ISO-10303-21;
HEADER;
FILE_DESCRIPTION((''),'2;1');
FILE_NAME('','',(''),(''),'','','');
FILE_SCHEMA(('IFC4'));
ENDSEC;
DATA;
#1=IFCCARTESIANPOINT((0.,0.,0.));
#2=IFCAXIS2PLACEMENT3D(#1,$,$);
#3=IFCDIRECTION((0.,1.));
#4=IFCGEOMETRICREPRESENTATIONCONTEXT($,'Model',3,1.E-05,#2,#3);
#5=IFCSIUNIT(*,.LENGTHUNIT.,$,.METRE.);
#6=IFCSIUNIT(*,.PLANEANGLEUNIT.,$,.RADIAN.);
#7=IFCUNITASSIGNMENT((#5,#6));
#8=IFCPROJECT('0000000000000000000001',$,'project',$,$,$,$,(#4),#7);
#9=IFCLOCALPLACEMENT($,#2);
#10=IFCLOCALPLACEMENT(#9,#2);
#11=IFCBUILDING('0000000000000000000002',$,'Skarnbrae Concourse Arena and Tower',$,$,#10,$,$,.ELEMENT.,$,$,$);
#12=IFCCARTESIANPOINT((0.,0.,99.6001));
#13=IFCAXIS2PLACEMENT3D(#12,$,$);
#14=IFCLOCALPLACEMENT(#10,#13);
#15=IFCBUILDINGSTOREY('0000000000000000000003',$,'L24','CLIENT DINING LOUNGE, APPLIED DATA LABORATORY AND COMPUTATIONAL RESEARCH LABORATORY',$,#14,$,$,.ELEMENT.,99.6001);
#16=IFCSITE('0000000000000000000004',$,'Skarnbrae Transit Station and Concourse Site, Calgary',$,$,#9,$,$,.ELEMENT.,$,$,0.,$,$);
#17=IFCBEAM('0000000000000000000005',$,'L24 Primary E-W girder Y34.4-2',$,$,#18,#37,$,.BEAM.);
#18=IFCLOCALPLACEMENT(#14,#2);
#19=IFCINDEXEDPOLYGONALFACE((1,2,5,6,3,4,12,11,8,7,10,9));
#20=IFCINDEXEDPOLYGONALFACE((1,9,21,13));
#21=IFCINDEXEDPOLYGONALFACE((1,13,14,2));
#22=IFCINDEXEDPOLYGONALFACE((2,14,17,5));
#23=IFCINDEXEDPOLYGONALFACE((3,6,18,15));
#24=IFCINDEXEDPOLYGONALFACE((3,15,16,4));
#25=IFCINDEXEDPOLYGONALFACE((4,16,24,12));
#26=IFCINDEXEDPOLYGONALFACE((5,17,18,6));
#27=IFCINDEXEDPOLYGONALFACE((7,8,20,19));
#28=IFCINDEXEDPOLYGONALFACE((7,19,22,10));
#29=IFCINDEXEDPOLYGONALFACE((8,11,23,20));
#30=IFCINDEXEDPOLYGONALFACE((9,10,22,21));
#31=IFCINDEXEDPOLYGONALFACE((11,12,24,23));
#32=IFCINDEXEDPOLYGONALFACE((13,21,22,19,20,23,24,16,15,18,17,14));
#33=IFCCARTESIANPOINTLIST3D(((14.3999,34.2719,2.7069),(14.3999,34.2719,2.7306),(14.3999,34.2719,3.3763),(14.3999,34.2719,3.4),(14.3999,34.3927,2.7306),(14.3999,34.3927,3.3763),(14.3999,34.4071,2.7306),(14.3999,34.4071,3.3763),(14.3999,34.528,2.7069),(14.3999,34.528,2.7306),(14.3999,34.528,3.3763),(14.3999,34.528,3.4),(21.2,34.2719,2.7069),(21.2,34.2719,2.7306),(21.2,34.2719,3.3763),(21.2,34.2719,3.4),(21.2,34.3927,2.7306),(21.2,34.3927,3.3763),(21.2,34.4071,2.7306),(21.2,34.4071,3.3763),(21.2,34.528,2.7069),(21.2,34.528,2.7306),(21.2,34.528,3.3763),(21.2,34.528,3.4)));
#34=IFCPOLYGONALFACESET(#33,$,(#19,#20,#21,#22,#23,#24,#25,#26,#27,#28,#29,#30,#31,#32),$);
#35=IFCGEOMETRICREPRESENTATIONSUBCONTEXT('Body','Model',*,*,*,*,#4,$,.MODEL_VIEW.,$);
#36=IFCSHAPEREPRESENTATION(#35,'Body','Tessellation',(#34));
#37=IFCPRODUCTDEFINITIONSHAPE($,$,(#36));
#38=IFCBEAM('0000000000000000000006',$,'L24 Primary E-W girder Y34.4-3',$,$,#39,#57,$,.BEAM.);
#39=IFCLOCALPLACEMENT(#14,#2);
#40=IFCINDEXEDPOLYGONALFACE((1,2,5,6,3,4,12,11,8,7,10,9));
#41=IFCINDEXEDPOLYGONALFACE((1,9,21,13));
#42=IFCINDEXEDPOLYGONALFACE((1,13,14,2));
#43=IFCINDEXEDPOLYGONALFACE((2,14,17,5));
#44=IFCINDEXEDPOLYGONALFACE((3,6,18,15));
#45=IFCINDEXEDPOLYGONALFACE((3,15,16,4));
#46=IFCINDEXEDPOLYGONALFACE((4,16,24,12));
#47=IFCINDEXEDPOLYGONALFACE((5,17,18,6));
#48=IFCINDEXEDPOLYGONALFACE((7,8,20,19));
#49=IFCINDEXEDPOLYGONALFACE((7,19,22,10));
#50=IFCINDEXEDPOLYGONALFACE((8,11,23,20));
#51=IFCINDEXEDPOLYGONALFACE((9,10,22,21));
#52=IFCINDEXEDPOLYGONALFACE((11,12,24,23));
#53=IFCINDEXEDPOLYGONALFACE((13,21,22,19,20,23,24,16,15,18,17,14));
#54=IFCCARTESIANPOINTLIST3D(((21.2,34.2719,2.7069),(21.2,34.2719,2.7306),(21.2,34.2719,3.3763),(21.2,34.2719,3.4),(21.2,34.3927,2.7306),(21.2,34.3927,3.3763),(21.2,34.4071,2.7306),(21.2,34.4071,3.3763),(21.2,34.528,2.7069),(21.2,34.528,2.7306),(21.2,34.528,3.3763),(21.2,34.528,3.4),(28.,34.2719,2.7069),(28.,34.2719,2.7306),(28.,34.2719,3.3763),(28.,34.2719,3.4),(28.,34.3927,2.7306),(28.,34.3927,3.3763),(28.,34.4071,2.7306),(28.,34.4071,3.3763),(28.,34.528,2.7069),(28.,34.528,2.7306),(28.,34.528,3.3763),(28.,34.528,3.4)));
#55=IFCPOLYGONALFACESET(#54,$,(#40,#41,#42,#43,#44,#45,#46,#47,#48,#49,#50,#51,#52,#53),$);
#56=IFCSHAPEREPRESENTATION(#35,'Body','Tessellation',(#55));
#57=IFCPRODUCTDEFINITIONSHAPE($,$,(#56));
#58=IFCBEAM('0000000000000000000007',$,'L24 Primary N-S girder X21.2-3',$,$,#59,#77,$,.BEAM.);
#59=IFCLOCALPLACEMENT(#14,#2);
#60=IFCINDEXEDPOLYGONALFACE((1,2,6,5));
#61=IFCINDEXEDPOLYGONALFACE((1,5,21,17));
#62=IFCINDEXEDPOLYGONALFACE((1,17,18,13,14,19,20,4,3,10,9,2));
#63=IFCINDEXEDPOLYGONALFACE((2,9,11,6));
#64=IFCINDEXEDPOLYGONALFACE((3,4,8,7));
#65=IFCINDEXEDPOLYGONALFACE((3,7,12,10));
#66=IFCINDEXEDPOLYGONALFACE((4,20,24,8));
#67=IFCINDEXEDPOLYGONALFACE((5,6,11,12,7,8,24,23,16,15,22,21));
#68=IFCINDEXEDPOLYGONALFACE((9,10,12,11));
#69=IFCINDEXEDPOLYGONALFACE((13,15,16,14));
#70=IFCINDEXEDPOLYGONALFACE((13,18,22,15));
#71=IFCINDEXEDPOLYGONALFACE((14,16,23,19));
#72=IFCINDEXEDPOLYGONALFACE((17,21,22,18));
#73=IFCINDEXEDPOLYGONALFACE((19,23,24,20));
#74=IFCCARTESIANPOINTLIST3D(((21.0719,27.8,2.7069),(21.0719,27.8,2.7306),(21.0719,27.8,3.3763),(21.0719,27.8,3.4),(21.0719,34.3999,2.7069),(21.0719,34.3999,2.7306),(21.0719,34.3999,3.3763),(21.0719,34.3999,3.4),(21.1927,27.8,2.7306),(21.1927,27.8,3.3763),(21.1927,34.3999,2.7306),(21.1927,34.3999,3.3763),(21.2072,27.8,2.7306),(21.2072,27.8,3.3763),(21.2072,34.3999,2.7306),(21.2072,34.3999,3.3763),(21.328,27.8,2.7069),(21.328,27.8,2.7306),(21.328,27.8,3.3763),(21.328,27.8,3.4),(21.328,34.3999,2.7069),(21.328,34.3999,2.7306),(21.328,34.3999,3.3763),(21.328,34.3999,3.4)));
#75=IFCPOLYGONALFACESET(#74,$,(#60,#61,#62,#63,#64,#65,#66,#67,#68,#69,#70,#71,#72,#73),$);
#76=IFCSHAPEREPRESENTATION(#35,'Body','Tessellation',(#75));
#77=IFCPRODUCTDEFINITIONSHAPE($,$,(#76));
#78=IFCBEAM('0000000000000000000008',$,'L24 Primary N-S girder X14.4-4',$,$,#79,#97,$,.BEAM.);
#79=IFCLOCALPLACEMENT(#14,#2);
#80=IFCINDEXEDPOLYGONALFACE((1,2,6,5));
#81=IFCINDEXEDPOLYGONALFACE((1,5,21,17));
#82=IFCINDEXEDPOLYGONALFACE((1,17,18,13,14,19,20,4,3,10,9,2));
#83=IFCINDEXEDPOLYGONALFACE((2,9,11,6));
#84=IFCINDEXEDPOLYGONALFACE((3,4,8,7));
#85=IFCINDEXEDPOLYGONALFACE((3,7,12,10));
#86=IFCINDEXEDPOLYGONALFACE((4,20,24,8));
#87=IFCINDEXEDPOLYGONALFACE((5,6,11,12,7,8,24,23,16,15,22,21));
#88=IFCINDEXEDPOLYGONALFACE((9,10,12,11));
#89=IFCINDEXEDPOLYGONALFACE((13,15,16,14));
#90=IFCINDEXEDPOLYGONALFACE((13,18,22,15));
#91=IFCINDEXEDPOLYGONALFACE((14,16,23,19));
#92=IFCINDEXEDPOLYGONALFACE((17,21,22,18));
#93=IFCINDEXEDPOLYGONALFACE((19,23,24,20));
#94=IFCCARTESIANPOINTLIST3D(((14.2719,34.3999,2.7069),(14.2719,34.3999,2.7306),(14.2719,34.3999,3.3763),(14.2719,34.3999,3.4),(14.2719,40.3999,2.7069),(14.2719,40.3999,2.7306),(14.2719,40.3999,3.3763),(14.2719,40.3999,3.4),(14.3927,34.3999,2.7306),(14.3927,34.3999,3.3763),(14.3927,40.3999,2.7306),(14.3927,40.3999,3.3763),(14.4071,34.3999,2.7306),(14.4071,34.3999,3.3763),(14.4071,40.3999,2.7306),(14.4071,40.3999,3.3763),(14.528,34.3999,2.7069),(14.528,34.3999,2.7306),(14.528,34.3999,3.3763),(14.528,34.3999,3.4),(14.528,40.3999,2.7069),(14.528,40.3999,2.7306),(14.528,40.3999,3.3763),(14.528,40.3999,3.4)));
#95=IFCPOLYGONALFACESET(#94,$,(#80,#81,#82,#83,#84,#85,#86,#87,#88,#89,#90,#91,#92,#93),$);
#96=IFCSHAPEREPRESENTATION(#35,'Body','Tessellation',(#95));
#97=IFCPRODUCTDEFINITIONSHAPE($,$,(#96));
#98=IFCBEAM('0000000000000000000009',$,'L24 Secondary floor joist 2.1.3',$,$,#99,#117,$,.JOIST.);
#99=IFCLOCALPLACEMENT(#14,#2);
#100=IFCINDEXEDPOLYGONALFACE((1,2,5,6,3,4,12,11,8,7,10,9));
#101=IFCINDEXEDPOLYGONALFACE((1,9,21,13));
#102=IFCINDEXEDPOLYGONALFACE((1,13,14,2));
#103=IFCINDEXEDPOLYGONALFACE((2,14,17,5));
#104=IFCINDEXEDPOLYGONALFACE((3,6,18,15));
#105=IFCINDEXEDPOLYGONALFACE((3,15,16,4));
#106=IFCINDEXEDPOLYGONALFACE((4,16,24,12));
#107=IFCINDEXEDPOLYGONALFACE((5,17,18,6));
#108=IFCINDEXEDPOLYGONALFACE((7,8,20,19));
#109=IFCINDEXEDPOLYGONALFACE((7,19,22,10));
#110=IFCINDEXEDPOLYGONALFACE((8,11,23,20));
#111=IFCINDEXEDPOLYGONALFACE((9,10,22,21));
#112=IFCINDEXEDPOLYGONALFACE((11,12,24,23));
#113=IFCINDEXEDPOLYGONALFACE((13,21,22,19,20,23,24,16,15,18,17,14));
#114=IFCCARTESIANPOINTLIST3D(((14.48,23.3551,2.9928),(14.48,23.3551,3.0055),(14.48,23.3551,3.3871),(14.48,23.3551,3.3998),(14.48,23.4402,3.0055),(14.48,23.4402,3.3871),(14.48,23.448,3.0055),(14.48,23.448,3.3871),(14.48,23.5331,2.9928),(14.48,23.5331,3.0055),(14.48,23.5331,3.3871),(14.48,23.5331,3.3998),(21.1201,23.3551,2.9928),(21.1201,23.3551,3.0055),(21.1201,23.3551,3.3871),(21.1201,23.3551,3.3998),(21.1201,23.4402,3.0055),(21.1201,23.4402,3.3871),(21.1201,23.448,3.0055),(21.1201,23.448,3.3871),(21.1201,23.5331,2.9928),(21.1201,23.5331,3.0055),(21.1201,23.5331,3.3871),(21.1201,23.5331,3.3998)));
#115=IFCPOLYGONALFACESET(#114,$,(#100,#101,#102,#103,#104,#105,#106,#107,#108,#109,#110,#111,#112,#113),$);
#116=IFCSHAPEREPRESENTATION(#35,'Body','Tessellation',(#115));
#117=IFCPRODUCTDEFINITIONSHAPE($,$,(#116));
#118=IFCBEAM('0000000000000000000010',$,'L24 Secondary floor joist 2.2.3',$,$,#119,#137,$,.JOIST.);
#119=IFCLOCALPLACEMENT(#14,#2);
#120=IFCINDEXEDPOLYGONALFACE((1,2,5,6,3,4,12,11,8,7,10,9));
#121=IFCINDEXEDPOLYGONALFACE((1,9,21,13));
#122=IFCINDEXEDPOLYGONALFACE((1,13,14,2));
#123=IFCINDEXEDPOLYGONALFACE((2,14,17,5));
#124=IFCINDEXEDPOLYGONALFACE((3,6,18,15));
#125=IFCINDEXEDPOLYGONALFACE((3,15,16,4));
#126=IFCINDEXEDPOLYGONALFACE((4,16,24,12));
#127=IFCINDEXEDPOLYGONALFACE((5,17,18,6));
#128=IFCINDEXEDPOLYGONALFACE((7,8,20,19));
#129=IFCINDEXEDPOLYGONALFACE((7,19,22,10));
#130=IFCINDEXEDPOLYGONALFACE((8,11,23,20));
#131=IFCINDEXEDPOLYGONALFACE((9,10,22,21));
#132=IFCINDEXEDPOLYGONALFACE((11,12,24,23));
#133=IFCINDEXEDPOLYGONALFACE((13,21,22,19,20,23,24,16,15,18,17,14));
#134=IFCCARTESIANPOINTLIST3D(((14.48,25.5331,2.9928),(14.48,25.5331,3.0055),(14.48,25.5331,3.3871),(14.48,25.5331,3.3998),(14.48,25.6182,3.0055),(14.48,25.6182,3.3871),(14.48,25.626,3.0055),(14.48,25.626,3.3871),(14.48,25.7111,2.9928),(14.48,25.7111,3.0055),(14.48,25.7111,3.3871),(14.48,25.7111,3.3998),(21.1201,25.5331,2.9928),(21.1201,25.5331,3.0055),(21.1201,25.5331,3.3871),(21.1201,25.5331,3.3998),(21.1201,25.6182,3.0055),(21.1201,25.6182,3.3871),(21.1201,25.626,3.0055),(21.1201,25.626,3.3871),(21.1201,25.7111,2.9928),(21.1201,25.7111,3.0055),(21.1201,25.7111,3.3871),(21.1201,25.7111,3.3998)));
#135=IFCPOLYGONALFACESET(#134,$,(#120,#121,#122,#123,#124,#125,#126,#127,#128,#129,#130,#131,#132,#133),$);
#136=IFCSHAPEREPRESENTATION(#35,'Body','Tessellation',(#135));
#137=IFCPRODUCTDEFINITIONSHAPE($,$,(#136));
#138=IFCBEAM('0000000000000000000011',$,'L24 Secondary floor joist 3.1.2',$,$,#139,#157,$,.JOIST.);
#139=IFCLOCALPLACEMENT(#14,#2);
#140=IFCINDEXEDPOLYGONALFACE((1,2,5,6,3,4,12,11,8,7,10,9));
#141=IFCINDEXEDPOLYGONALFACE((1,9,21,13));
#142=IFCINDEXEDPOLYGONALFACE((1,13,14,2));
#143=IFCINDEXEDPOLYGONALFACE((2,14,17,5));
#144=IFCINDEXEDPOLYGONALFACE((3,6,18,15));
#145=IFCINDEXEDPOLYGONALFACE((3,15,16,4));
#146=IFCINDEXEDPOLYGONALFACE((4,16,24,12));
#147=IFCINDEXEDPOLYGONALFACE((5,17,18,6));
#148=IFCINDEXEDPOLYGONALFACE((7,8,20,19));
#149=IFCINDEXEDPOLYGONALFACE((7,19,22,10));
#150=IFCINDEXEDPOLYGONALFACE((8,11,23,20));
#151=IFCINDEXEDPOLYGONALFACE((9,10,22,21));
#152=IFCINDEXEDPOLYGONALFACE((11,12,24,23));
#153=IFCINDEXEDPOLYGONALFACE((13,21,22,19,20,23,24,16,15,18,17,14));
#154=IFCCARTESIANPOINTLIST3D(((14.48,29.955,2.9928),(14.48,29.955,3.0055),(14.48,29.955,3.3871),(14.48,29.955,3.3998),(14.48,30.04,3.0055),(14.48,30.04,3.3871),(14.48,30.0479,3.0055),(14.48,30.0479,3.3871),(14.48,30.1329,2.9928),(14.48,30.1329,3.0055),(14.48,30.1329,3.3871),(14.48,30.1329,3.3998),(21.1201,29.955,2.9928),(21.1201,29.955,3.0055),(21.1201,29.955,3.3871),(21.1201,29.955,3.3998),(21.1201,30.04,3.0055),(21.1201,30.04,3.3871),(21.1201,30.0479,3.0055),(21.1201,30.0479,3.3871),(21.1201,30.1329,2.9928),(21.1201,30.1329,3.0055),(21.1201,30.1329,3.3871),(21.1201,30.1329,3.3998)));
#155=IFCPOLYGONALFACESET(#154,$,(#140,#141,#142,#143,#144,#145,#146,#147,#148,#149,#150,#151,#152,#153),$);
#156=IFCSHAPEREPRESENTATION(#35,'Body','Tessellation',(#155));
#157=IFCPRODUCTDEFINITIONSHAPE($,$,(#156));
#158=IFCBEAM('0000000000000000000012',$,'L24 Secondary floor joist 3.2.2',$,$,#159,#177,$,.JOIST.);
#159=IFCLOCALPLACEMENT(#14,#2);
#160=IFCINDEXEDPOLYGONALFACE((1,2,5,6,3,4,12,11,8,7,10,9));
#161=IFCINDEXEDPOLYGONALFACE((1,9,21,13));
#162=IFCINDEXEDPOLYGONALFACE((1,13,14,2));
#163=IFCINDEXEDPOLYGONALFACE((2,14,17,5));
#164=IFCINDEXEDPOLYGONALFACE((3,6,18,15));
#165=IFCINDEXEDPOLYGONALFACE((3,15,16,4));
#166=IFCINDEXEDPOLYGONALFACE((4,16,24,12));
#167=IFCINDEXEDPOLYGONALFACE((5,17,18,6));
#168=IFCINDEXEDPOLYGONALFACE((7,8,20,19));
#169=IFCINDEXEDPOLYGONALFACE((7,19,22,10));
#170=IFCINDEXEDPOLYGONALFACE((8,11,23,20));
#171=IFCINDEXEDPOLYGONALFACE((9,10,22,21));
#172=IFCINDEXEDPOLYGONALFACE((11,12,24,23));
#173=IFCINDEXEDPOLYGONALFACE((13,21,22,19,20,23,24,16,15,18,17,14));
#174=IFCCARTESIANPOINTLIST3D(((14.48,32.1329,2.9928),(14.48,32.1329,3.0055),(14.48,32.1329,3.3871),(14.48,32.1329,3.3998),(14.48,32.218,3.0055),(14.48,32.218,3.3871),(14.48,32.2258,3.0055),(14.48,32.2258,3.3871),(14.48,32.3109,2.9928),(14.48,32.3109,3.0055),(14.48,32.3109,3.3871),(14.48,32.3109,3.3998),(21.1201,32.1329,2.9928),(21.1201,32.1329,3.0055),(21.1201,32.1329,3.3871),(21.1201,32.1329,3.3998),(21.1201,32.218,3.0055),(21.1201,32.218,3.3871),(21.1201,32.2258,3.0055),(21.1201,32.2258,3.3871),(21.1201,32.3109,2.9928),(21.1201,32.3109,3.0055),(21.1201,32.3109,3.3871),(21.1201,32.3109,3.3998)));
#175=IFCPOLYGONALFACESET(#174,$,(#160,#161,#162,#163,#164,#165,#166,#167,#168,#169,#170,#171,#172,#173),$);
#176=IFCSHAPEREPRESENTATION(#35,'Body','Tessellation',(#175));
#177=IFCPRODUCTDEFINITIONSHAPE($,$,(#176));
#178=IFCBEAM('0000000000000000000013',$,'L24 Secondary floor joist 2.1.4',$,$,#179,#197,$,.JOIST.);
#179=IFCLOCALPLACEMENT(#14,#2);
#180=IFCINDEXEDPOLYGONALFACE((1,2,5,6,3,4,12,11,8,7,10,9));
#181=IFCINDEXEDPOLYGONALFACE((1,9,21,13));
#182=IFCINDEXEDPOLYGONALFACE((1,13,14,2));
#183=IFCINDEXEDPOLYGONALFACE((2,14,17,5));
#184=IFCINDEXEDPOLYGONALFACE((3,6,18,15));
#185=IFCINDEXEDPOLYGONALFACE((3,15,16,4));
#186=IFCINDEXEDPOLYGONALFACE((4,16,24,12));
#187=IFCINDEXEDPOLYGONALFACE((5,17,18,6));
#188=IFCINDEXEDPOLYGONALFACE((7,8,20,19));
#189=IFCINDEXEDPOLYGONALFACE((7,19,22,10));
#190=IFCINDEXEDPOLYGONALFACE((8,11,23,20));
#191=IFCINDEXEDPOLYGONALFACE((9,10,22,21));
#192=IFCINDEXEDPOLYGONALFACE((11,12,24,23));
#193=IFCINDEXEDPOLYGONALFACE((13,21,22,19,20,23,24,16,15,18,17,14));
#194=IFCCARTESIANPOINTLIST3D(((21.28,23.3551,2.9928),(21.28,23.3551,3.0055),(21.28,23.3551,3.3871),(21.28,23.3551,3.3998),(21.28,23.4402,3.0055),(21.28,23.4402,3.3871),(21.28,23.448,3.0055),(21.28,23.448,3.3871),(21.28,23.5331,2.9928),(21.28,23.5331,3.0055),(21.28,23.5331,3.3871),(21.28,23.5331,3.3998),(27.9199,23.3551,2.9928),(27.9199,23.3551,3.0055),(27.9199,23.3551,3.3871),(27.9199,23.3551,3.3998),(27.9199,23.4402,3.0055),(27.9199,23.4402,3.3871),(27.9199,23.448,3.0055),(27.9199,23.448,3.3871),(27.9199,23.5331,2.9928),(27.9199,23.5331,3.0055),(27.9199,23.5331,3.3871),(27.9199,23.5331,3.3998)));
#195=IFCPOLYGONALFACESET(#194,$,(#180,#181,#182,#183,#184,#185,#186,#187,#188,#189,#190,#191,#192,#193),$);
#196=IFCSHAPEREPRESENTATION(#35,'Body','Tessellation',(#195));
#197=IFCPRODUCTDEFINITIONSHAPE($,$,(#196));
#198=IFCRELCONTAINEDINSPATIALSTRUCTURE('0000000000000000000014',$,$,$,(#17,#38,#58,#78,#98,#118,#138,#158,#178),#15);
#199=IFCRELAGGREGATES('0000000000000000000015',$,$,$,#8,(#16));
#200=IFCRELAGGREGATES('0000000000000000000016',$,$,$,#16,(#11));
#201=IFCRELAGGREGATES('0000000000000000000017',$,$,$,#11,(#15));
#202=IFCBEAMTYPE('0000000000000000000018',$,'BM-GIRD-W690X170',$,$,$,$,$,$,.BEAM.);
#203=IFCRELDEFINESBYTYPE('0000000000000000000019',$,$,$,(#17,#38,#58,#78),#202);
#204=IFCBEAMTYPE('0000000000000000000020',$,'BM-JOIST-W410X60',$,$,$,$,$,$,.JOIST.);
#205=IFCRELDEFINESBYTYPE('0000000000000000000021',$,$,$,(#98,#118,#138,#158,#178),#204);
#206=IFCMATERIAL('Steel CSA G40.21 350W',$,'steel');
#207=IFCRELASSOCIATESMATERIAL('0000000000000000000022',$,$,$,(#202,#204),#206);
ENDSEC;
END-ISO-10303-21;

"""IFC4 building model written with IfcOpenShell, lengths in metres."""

from ifc_helpers import new_model, si_unit, direction, frame, origin, origin_2d, place, context, subcontext, project, spatial, i_section, extrude, source, transform, mapped, material, material_profile, profile_set, type_object, element, save


model = new_model("IFC4")

# Units and contexts
model_context = context("Model", 3, precision=1e-05, world=origin(), true_north=direction((0.0, 1.0)))
body_context = subcontext(model_context, "Body", "Model", "MODEL_VIEW")
ifc_project = project(units=[si_unit("LENGTHUNIT", "METRE"), si_unit("PLANEANGLEUNIT", "RADIAN")], contexts=[model_context])

# Site, building, storey
site_placement = place(None, origin())
site = spatial("IfcSite", under=ifc_project, at=site_placement, Name="Skarnbrae Transit Station and Concourse Site, Calgary", CompositionType="ELEMENT", RefElevation=0.0)
building_placement = place(site_placement, origin())
building = spatial("IfcBuilding", under=site, at=building_placement, Name="Skarnbrae Concourse Arena and Tower", CompositionType="ELEMENT")
storey_placement = place(building_placement, frame((0.0, 0.0, 99.6001)))
storey = spatial("IfcBuildingStorey", under=building, at=storey_placement, Name="L24", Description="CLIENT DINING LOUNGE, APPLIED DATA LABORATORY AND COMPUTATIONAL RESEARCH LABORATORY", CompositionType="ELEMENT", Elevation=99.6001)

# Shared definitions
ifc_material_1 = material(Name="Steel CSA G40.21 350W", Category="steel")

# Beams
ifc_material_profile_1 = material_profile(ifc_material_1, i_section(OverallWidth=0.2561, OverallDepth=0.6931, WebThickness=0.0144, FlangeThickness=0.0237, at=origin_2d()), Name="W690X170")
ifc_profile_set_1 = profile_set([ifc_material_profile_1], Name="Steel CSA G40.21 350W")
beam_type_1 = type_object("IfcBeamType", Name="BM-GIRD-W690X170", PredefinedType="BEAM", material=ifc_profile_set_1)
shared_shape_1 = source(origin(), body_context, "Body", "SweptSolid", [
    extrude(i_section(OverallWidth=0.2561, OverallDepth=0.6931, WebThickness=0.0144, FlangeThickness=0.0237, at=origin_2d()), origin(), (0.0, 0.0, 1.0), 6.8),
])
for number, where, z_axis, x_axis, name in (
    (1, (14.3999, 34.3999, 3.0535), (1.0, 0.0, 0.0), (0.0, 1.0, 0.0), "L24 Primary E-W girder Y34.4-2"),
    (2, (21.2, 34.3999, 3.0535), (1.0, 0.0, 0.0), (0.0, 1.0, 0.0), "L24 Primary E-W girder Y34.4-3"),
):
    element("IfcBeam", number, at=place(storey_placement, frame(where, z_axis=z_axis, x_axis=x_axis)), inside=storey, type_object=beam_type_1, Name=name, PredefinedType="BEAM", context=body_context, shape_type="MappedRepresentation", body=[
        mapped(shared_shape_1, transform((0.0, 0.0, 0.0))),
    ])
shared_shape_2 = source(origin(), body_context, "Body", "SweptSolid", [
    extrude(i_section(OverallWidth=0.2561, OverallDepth=0.6931, WebThickness=0.0144, FlangeThickness=0.0237, at=origin_2d()), origin(), (0.0, 0.0, 1.0), 6.5999),
])
beam_1_placement = place(storey_placement, frame((21.2, 27.8, 3.0535), z_axis=(0.0, 1.0, 0.0), x_axis=(-1.0, 0.0, 0.0)))
element("IfcBeam", 3, at=beam_1_placement, inside=storey, type_object=beam_type_1, Name="L24 Primary N-S girder X21.2-3", PredefinedType="BEAM", context=body_context, shape_type="MappedRepresentation", body=[
    mapped(shared_shape_2, transform((0.0, 0.0, 0.0))),
])
shared_shape_3 = source(origin(), body_context, "Body", "SweptSolid", [
    extrude(i_section(OverallWidth=0.2561, OverallDepth=0.6931, WebThickness=0.0144, FlangeThickness=0.0237, at=origin_2d()), origin(), (0.0, 0.0, 1.0), 6.0),
])
beam_2_placement = place(storey_placement, frame((14.3999, 34.3999, 3.0535), z_axis=(0.0, 1.0, 0.0), x_axis=(-1.0, 0.0, 0.0)))
element("IfcBeam", 4, at=beam_2_placement, inside=storey, type_object=beam_type_1, Name="L24 Primary N-S girder X14.4-4", PredefinedType="BEAM", context=body_context, shape_type="MappedRepresentation", body=[
    mapped(shared_shape_3, transform((0.0, 0.0, 0.0))),
])
ifc_material_profile_2 = material_profile(ifc_material_1, i_section(OverallWidth=0.178, OverallDepth=0.407, WebThickness=0.0078, FlangeThickness=0.0127, at=origin_2d()), Name="W410X60")
ifc_profile_set_2 = profile_set([ifc_material_profile_2], Name="Steel CSA G40.21 350W")
beam_type_2 = type_object("IfcBeamType", Name="BM-JOIST-W410X60", PredefinedType="JOIST", material=ifc_profile_set_2)
shared_shape_4 = source(origin(), body_context, "Body", "SweptSolid", [
    extrude(i_section(OverallWidth=0.178, OverallDepth=0.407, WebThickness=0.0078, FlangeThickness=0.0127, at=origin_2d()), origin(), (0.0, 0.0, 1.0), 6.6401),
])
for number, where, z_axis, x_axis, name in (
    (5, (14.48, 23.4441, 3.1963), (1.0, 0.0, 0.0), (0.0, 1.0, 0.0), "L24 Secondary floor joist 2.1.3"),
    (6, (14.48, 25.6221, 3.1963), (1.0, 0.0, 0.0), (0.0, 1.0, 0.0), "L24 Secondary floor joist 2.2.3"),
    (7, (14.48, 30.0439, 3.1963), (1.0, 0.0, 0.0), (0.0, 1.0, 0.0), "L24 Secondary floor joist 3.1.2"),
    (8, (14.48, 32.2219, 3.1963), (1.0, 0.0, 0.0), (0.0, 1.0, 0.0), "L24 Secondary floor joist 3.2.2"),
):
    element("IfcBeam", number, at=place(storey_placement, frame(where, z_axis=z_axis, x_axis=x_axis)), inside=storey, type_object=beam_type_2, Name=name, PredefinedType="JOIST", context=body_context, shape_type="MappedRepresentation", body=[
        mapped(shared_shape_4, transform((0.0, 0.0, 0.0))),
    ])
shared_shape_5 = source(origin(), body_context, "Body", "SweptSolid", [
    extrude(i_section(OverallWidth=0.178, OverallDepth=0.407, WebThickness=0.0078, FlangeThickness=0.0127, at=origin_2d()), origin(), (0.0, 0.0, 1.0), 6.6399),
])
for number, where, z_axis, x_axis, name in (
    (9, (21.28, 23.4441, 3.1963), (1.0, 0.0, 0.0), (0.0, 1.0, 0.0), "L24 Secondary floor joist 2.1.4"),
):
    element("IfcBeam", number, at=place(storey_placement, frame(where, z_axis=z_axis, x_axis=x_axis)), inside=storey, type_object=beam_type_2, Name=name, PredefinedType="JOIST", context=body_context, shape_type="MappedRepresentation", body=[
        mapped(shared_shape_5, transform((0.0, 0.0, 0.0))),
    ])

save(model, "model.ifc")
